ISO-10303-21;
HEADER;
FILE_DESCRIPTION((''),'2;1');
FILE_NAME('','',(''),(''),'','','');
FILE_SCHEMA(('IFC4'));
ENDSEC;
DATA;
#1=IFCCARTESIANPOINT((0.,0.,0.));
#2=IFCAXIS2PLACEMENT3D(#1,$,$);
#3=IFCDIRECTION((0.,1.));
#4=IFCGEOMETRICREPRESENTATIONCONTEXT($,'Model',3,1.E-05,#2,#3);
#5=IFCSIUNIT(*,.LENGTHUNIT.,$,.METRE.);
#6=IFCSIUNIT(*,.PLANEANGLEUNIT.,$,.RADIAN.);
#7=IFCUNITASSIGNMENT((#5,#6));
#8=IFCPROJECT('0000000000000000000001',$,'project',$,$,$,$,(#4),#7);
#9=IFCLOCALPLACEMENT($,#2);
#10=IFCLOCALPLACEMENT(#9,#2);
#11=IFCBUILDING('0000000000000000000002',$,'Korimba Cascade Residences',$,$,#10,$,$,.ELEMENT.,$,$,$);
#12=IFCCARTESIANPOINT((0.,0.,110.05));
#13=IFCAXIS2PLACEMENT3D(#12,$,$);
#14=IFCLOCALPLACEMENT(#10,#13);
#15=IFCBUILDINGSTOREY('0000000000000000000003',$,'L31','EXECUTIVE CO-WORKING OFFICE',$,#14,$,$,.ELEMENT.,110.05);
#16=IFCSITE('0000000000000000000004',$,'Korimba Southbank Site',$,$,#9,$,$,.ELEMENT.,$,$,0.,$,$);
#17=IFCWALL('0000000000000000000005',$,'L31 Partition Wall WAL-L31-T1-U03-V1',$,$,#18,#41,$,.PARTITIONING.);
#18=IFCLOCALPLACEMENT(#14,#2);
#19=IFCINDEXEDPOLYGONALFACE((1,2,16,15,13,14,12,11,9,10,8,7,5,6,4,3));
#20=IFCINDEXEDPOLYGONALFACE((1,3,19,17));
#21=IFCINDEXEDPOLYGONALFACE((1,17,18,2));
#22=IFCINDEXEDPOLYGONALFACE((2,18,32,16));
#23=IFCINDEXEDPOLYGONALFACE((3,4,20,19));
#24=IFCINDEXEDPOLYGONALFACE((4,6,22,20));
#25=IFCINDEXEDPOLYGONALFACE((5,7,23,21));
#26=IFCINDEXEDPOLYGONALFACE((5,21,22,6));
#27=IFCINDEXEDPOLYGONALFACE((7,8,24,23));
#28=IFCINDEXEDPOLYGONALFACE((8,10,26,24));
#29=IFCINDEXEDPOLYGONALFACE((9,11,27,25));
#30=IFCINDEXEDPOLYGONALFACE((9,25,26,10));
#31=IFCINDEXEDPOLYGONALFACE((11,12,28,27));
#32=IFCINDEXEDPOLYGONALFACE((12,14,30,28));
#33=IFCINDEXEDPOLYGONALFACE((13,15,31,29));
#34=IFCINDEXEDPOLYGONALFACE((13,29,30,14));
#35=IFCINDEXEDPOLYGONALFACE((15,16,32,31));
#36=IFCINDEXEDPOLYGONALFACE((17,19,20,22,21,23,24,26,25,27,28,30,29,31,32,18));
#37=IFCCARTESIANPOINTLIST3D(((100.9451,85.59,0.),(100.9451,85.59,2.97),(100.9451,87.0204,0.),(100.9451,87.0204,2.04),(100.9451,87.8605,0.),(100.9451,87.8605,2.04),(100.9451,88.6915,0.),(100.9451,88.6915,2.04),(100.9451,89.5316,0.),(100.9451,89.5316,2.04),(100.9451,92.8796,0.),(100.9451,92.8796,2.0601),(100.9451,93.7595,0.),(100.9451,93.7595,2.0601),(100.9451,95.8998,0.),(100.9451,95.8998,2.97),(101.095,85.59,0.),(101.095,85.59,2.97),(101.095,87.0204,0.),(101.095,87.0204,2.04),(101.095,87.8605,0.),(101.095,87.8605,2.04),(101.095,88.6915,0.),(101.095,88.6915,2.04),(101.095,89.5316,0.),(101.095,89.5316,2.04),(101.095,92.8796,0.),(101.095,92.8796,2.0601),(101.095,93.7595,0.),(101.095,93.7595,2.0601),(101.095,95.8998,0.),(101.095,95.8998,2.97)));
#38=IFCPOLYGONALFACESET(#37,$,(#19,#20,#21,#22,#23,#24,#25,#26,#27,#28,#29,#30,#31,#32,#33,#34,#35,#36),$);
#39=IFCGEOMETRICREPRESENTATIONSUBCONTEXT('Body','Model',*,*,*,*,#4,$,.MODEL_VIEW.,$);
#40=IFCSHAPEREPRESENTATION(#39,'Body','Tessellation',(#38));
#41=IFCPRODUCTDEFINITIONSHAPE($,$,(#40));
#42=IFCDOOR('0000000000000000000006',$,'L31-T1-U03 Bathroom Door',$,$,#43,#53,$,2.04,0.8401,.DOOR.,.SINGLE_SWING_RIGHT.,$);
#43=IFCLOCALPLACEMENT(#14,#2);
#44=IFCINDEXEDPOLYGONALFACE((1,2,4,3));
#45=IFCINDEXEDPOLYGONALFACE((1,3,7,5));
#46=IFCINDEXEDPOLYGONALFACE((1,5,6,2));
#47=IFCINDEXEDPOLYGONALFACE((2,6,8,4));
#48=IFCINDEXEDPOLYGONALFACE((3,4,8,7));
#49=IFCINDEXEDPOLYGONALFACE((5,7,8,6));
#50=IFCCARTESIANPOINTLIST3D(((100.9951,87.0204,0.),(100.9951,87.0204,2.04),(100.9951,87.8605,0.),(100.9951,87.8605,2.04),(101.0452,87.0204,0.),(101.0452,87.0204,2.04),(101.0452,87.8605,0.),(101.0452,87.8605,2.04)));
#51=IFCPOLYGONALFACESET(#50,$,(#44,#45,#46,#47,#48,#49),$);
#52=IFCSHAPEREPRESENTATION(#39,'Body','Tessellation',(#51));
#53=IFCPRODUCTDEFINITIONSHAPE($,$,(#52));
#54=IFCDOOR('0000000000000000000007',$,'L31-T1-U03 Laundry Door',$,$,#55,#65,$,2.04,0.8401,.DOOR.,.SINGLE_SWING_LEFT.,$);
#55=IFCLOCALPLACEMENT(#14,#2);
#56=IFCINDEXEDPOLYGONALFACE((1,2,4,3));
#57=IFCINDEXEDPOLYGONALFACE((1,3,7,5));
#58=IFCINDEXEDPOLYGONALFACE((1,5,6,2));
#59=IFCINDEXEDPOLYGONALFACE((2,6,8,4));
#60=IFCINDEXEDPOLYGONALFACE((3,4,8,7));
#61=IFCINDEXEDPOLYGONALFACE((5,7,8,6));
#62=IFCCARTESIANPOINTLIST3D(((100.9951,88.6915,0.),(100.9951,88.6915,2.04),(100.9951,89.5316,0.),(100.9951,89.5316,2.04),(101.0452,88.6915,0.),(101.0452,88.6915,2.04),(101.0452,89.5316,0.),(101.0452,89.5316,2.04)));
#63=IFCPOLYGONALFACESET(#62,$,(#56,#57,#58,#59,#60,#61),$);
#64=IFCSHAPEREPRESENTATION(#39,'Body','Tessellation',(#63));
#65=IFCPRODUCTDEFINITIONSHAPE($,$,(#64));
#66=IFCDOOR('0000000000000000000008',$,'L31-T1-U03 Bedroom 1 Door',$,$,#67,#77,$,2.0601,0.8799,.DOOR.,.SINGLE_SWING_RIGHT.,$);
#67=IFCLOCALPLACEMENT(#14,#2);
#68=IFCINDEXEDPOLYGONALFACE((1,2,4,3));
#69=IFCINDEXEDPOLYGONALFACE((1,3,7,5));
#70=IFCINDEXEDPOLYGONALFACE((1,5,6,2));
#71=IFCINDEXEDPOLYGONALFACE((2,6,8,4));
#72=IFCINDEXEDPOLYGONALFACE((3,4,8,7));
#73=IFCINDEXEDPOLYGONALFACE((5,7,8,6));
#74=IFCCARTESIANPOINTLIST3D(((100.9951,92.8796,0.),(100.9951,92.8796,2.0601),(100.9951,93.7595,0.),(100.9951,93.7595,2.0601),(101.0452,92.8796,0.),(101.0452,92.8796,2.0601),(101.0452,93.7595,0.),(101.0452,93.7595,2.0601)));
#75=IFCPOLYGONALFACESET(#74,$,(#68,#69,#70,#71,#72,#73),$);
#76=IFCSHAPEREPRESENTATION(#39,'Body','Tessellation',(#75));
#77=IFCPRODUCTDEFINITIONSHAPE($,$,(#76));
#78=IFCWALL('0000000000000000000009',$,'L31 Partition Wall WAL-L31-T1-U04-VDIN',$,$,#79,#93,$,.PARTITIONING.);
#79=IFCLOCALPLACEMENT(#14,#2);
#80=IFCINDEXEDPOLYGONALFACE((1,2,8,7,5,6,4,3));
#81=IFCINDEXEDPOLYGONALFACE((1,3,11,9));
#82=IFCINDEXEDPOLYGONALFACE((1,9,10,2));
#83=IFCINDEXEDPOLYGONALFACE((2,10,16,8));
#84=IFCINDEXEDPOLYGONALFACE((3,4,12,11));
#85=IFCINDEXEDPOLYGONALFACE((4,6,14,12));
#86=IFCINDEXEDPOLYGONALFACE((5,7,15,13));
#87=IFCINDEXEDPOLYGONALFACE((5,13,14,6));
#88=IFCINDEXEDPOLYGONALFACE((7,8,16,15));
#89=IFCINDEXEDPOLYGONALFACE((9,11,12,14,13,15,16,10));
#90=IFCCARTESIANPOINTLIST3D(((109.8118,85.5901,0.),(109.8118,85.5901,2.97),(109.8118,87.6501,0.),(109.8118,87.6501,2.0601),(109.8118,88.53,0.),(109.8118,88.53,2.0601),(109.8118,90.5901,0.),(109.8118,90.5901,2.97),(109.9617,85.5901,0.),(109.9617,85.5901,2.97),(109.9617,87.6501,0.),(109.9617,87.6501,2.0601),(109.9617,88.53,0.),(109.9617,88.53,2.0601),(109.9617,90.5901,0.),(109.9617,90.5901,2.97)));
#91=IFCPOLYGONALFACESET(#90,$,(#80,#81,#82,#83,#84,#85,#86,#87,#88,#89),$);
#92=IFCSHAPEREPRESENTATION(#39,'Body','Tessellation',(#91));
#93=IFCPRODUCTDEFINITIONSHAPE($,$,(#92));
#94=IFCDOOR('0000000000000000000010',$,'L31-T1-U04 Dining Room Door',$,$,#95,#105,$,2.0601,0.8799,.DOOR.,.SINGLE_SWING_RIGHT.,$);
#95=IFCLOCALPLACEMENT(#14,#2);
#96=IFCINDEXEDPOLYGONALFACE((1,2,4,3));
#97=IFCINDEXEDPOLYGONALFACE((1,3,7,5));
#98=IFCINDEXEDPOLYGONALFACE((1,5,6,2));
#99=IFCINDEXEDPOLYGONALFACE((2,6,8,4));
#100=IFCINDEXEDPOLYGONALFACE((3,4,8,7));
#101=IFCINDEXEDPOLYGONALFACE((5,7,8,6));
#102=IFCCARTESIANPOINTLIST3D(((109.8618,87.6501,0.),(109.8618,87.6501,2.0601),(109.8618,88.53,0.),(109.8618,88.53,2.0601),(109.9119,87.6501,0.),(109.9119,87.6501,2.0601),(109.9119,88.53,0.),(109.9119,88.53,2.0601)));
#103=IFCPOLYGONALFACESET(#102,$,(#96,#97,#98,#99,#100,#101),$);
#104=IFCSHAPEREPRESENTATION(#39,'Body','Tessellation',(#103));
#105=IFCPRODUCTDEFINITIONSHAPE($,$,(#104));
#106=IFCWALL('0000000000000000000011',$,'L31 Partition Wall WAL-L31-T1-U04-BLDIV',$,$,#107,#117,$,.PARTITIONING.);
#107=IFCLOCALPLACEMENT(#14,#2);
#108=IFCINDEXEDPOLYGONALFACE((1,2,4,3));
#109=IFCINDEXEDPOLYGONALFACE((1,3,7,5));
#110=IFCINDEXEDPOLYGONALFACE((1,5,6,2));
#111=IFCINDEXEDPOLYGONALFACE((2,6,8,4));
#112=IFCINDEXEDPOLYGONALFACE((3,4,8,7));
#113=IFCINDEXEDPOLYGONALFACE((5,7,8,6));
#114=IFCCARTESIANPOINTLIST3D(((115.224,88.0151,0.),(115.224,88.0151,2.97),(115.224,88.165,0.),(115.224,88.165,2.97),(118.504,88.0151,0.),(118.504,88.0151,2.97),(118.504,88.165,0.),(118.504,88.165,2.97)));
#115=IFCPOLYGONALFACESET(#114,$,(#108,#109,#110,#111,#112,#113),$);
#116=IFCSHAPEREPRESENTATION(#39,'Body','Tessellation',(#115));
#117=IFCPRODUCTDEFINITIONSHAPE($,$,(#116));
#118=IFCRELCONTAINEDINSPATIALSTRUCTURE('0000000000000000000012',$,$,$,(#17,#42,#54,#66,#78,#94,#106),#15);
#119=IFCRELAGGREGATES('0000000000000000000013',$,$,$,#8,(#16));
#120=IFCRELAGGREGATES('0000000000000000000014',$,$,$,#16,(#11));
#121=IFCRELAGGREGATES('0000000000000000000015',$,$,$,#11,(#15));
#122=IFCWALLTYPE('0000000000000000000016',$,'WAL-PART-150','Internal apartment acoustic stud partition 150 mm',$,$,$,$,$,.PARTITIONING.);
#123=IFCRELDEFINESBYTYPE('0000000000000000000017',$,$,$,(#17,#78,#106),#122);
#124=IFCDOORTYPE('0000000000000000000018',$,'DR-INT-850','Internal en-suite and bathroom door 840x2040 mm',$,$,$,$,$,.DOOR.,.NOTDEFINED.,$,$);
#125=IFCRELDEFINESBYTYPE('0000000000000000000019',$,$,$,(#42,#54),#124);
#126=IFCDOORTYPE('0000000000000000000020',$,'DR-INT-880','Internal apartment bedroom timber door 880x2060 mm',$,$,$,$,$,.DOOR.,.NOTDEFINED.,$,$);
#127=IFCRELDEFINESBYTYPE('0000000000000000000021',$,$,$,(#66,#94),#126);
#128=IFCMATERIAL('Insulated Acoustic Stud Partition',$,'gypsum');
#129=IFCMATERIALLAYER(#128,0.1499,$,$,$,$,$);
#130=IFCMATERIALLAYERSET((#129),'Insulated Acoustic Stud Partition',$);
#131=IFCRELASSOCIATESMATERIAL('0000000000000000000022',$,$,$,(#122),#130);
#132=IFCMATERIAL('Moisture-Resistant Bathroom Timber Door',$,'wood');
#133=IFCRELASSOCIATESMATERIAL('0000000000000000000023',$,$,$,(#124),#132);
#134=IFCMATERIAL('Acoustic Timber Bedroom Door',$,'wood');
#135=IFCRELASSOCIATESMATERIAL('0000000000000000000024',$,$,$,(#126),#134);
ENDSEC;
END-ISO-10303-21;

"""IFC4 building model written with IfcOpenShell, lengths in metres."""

from ifc_helpers import new_model, si_unit, direction, frame, frame_2d, origin, place, context, subcontext, project, spatial, rectangle, extrude, material, layer, layer_set, type_object, element, fill, save


model = new_model("IFC4")

# Units and contexts
model_context = context("Model", 3, precision=1e-05, world=origin(), true_north=direction((0.0, 1.0)))
body_context = subcontext(model_context, "Body", "Model", "MODEL_VIEW")
ifc_project = project(units=[si_unit("LENGTHUNIT", "METRE"), si_unit("PLANEANGLEUNIT", "RADIAN")], contexts=[model_context])

# Site, building, storey
site_placement = place(None, origin())
site = spatial("IfcSite", under=ifc_project, at=site_placement, Name="Korimba Southbank Site", CompositionType="ELEMENT", RefElevation=0.0)
building_placement = place(site_placement, origin())
building = spatial("IfcBuilding", under=site, at=building_placement, Name="Korimba Cascade Residences", CompositionType="ELEMENT")
storey_placement = place(building_placement, frame((0.0, 0.0, 110.05)))
storey = spatial("IfcBuildingStorey", under=building, at=storey_placement, Name="L31", Description="EXECUTIVE CO-WORKING OFFICE", CompositionType="ELEMENT", Elevation=110.05)

# Shared definitions
ifc_material_1 = material(Name="Insulated Acoustic Stud Partition", Category="gypsum")
ifc_layer = layer(ifc_material_1, 0.1499)
ifc_layer_set = layer_set([ifc_layer], Name="Insulated Acoustic Stud Partition")
wall_type = type_object("IfcWallType", Name="WAL-PART-150", Description="Internal apartment acoustic stud partition 150 mm", PredefinedType="PARTITIONING", material=ifc_layer_set)

# Wall, openings, doors
wall_1_placement = place(storey_placement, frame((101.02, 85.5901, 0.0), z_axis=(0.0, 0.0, 1.0), x_axis=(0.0, 1.0, 0.0)))
wall_1 = element("IfcWall", 1, at=wall_1_placement, inside=storey, type_object=wall_type, Name="L31 Partition Wall WAL-L31-T1-U03-V1", PredefinedType="PARTITIONING", context=body_context, shape_type="SweptSolid", body=[
    extrude(rectangle(XDim=10.3098, YDim=0.1499, at=frame_2d((5.1548, 0.0))), origin(), (0.0, 0.0, 1.0), 2.97),
])
opening_1_placement = place(wall_1_placement, frame((1.4304, 0.0, 0.0)))
opening_1 = element("IfcOpeningElement", 2, at=opening_1_placement, cuts=wall_1, PredefinedType="OPENING", context=body_context, shape_type="SweptSolid", body=[
    extrude(rectangle(XDim=0.8401, YDim=2.04, at=frame_2d((0.4199, 1.02))), frame((0.0, 0.085, 0.0), z_axis=(0.0, -1.0, 0.0), x_axis=(1.0, 0.0, 0.0)), (0.0, 0.0, 1.0), 0.1699),
])
opening_2_placement = place(wall_1_placement, frame((3.1016, 0.0, 0.0)))
opening_2 = element("IfcOpeningElement", 3, at=opening_2_placement, cuts=wall_1, PredefinedType="OPENING", context=body_context, shape_type="SweptSolid", body=[
    extrude(rectangle(XDim=0.8401, YDim=2.04, at=frame_2d((0.4199, 1.02))), frame((0.0, 0.085, 0.0), z_axis=(0.0, -1.0, 0.0), x_axis=(1.0, 0.0, 0.0)), (0.0, 0.0, 1.0), 0.1699),
])
opening_3_placement = place(wall_1_placement, frame((7.2896, 0.0, 0.0)))
opening_3 = element("IfcOpeningElement", 4, at=opening_3_placement, cuts=wall_1, PredefinedType="OPENING", context=body_context, shape_type="SweptSolid", body=[
    extrude(rectangle(XDim=0.8799, YDim=2.0601, at=frame_2d((0.4399, 1.03))), frame((0.0, 0.085, 0.0), z_axis=(0.0, -1.0, 0.0), x_axis=(1.0, 0.0, 0.0)), (0.0, 0.0, 1.0), 0.1699),
])
ifc_material_2 = material(Name="Moisture-Resistant Bathroom Timber Door", Category="wood")
door_type_1 = type_object("IfcDoorType", Name="DR-INT-850", Description="Internal en-suite and bathroom door 840x2040 mm", OperationType="NOTDEFINED", PredefinedType="DOOR", material=ifc_material_2)
door_1_placement = place(opening_1_placement, origin())
door_1 = element("IfcDoor", 5, at=door_1_placement, inside=storey, type_object=door_type_1, Name="L31-T1-U03 Bathroom Door", OperationType="SINGLE_SWING_RIGHT", OverallHeight=2.04, OverallWidth=0.8401, PredefinedType="DOOR", context=body_context, shape_type="SweptSolid", body=[
    extrude(rectangle(XDim=0.8401, YDim=2.04, at=frame_2d((0.4199, 1.02))), frame((0.0, 0.0249, 0.0), z_axis=(0.0, -1.0, 0.0), x_axis=(1.0, 0.0, 0.0)), (0.0, 0.0, 1.0), 0.05),
])
fill(opening_1, door_1)
door_2_placement = place(opening_2_placement, origin())
door_2 = element("IfcDoor", 6, at=door_2_placement, inside=storey, type_object=door_type_1, Name="L31-T1-U03 Laundry Door", OperationType="SINGLE_SWING_LEFT", OverallHeight=2.04, OverallWidth=0.8401, PredefinedType="DOOR", context=body_context, shape_type="SweptSolid", body=[
    extrude(rectangle(XDim=0.8401, YDim=2.04, at=frame_2d((0.4199, 1.02))), frame((0.0, 0.0249, 0.0), z_axis=(0.0, -1.0, 0.0), x_axis=(1.0, 0.0, 0.0)), (0.0, 0.0, 1.0), 0.05),
])
fill(opening_2, door_2)
ifc_material_3 = material(Name="Acoustic Timber Bedroom Door", Category="wood")
door_type_2 = type_object("IfcDoorType", Name="DR-INT-880", Description="Internal apartment bedroom timber door 880x2060 mm", OperationType="NOTDEFINED", PredefinedType="DOOR", material=ifc_material_3)
door_3_placement = place(opening_3_placement, origin())
door_3 = element("IfcDoor", 7, at=door_3_placement, inside=storey, type_object=door_type_2, Name="L31-T1-U03 Bedroom 1 Door", OperationType="SINGLE_SWING_RIGHT", OverallHeight=2.0601, OverallWidth=0.8799, PredefinedType="DOOR", context=body_context, shape_type="SweptSolid", body=[
    extrude(rectangle(XDim=0.8799, YDim=2.0601, at=frame_2d((0.4399, 1.03))), frame((0.0, 0.0249, 0.0), z_axis=(0.0, -1.0, 0.0), x_axis=(1.0, 0.0, 0.0)), (0.0, 0.0, 1.0), 0.05),
])
fill(opening_3, door_3)

# Wall, opening, door
wall_2_placement = place(storey_placement, frame((109.8867, 85.5901, 0.0), z_axis=(0.0, 0.0, 1.0), x_axis=(0.0, 1.0, 0.0)))
wall_2 = element("IfcWall", 8, at=wall_2_placement, inside=storey, type_object=wall_type, Name="L31 Partition Wall WAL-L31-T1-U04-VDIN", PredefinedType="PARTITIONING", context=body_context, shape_type="SweptSolid", body=[
    extrude(rectangle(XDim=5.0, YDim=0.1499, at=frame_2d((2.5, 0.0))), origin(), (0.0, 0.0, 1.0), 2.97),
])
opening_4_placement = place(wall_2_placement, frame((2.0601, 0.0, 0.0)))
opening_4 = element("IfcOpeningElement", 9, at=opening_4_placement, cuts=wall_2, PredefinedType="OPENING", context=body_context, shape_type="SweptSolid", body=[
    extrude(rectangle(XDim=0.8799, YDim=2.0601, at=frame_2d((0.4399, 1.03))), frame((0.0, 0.085, 0.0), z_axis=(0.0, -1.0, 0.0), x_axis=(1.0, 0.0, 0.0)), (0.0, 0.0, 1.0), 0.1699),
])
door_4_placement = place(opening_4_placement, origin())
door_4 = element("IfcDoor", 10, at=door_4_placement, inside=storey, type_object=door_type_2, Name="L31-T1-U04 Dining Room Door", OperationType="SINGLE_SWING_RIGHT", OverallHeight=2.0601, OverallWidth=0.8799, PredefinedType="DOOR", context=body_context, shape_type="SweptSolid", body=[
    extrude(rectangle(XDim=0.8799, YDim=2.0601, at=frame_2d((0.4399, 1.03))), frame((0.0, 0.0249, 0.0), z_axis=(0.0, -1.0, 0.0), x_axis=(1.0, 0.0, 0.0)), (0.0, 0.0, 1.0), 0.05),
])
fill(opening_4, door_4)

# Wall
wall_3_placement = place(storey_placement, frame((115.2239, 88.0901, 0.0), z_axis=(0.0, 0.0, 1.0), x_axis=(1.0, 0.0, 0.0)))
element("IfcWall", 11, at=wall_3_placement, inside=storey, type_object=wall_type, Name="L31 Partition Wall WAL-L31-T1-U04-BLDIV", PredefinedType="PARTITIONING", context=body_context, shape_type="SweptSolid", body=[
    extrude(rectangle(XDim=3.28, YDim=0.1499, at=frame_2d((1.6401, 0.0))), origin(), (0.0, 0.0, 1.0), 2.97),
])

save(model, "model.ifc")
